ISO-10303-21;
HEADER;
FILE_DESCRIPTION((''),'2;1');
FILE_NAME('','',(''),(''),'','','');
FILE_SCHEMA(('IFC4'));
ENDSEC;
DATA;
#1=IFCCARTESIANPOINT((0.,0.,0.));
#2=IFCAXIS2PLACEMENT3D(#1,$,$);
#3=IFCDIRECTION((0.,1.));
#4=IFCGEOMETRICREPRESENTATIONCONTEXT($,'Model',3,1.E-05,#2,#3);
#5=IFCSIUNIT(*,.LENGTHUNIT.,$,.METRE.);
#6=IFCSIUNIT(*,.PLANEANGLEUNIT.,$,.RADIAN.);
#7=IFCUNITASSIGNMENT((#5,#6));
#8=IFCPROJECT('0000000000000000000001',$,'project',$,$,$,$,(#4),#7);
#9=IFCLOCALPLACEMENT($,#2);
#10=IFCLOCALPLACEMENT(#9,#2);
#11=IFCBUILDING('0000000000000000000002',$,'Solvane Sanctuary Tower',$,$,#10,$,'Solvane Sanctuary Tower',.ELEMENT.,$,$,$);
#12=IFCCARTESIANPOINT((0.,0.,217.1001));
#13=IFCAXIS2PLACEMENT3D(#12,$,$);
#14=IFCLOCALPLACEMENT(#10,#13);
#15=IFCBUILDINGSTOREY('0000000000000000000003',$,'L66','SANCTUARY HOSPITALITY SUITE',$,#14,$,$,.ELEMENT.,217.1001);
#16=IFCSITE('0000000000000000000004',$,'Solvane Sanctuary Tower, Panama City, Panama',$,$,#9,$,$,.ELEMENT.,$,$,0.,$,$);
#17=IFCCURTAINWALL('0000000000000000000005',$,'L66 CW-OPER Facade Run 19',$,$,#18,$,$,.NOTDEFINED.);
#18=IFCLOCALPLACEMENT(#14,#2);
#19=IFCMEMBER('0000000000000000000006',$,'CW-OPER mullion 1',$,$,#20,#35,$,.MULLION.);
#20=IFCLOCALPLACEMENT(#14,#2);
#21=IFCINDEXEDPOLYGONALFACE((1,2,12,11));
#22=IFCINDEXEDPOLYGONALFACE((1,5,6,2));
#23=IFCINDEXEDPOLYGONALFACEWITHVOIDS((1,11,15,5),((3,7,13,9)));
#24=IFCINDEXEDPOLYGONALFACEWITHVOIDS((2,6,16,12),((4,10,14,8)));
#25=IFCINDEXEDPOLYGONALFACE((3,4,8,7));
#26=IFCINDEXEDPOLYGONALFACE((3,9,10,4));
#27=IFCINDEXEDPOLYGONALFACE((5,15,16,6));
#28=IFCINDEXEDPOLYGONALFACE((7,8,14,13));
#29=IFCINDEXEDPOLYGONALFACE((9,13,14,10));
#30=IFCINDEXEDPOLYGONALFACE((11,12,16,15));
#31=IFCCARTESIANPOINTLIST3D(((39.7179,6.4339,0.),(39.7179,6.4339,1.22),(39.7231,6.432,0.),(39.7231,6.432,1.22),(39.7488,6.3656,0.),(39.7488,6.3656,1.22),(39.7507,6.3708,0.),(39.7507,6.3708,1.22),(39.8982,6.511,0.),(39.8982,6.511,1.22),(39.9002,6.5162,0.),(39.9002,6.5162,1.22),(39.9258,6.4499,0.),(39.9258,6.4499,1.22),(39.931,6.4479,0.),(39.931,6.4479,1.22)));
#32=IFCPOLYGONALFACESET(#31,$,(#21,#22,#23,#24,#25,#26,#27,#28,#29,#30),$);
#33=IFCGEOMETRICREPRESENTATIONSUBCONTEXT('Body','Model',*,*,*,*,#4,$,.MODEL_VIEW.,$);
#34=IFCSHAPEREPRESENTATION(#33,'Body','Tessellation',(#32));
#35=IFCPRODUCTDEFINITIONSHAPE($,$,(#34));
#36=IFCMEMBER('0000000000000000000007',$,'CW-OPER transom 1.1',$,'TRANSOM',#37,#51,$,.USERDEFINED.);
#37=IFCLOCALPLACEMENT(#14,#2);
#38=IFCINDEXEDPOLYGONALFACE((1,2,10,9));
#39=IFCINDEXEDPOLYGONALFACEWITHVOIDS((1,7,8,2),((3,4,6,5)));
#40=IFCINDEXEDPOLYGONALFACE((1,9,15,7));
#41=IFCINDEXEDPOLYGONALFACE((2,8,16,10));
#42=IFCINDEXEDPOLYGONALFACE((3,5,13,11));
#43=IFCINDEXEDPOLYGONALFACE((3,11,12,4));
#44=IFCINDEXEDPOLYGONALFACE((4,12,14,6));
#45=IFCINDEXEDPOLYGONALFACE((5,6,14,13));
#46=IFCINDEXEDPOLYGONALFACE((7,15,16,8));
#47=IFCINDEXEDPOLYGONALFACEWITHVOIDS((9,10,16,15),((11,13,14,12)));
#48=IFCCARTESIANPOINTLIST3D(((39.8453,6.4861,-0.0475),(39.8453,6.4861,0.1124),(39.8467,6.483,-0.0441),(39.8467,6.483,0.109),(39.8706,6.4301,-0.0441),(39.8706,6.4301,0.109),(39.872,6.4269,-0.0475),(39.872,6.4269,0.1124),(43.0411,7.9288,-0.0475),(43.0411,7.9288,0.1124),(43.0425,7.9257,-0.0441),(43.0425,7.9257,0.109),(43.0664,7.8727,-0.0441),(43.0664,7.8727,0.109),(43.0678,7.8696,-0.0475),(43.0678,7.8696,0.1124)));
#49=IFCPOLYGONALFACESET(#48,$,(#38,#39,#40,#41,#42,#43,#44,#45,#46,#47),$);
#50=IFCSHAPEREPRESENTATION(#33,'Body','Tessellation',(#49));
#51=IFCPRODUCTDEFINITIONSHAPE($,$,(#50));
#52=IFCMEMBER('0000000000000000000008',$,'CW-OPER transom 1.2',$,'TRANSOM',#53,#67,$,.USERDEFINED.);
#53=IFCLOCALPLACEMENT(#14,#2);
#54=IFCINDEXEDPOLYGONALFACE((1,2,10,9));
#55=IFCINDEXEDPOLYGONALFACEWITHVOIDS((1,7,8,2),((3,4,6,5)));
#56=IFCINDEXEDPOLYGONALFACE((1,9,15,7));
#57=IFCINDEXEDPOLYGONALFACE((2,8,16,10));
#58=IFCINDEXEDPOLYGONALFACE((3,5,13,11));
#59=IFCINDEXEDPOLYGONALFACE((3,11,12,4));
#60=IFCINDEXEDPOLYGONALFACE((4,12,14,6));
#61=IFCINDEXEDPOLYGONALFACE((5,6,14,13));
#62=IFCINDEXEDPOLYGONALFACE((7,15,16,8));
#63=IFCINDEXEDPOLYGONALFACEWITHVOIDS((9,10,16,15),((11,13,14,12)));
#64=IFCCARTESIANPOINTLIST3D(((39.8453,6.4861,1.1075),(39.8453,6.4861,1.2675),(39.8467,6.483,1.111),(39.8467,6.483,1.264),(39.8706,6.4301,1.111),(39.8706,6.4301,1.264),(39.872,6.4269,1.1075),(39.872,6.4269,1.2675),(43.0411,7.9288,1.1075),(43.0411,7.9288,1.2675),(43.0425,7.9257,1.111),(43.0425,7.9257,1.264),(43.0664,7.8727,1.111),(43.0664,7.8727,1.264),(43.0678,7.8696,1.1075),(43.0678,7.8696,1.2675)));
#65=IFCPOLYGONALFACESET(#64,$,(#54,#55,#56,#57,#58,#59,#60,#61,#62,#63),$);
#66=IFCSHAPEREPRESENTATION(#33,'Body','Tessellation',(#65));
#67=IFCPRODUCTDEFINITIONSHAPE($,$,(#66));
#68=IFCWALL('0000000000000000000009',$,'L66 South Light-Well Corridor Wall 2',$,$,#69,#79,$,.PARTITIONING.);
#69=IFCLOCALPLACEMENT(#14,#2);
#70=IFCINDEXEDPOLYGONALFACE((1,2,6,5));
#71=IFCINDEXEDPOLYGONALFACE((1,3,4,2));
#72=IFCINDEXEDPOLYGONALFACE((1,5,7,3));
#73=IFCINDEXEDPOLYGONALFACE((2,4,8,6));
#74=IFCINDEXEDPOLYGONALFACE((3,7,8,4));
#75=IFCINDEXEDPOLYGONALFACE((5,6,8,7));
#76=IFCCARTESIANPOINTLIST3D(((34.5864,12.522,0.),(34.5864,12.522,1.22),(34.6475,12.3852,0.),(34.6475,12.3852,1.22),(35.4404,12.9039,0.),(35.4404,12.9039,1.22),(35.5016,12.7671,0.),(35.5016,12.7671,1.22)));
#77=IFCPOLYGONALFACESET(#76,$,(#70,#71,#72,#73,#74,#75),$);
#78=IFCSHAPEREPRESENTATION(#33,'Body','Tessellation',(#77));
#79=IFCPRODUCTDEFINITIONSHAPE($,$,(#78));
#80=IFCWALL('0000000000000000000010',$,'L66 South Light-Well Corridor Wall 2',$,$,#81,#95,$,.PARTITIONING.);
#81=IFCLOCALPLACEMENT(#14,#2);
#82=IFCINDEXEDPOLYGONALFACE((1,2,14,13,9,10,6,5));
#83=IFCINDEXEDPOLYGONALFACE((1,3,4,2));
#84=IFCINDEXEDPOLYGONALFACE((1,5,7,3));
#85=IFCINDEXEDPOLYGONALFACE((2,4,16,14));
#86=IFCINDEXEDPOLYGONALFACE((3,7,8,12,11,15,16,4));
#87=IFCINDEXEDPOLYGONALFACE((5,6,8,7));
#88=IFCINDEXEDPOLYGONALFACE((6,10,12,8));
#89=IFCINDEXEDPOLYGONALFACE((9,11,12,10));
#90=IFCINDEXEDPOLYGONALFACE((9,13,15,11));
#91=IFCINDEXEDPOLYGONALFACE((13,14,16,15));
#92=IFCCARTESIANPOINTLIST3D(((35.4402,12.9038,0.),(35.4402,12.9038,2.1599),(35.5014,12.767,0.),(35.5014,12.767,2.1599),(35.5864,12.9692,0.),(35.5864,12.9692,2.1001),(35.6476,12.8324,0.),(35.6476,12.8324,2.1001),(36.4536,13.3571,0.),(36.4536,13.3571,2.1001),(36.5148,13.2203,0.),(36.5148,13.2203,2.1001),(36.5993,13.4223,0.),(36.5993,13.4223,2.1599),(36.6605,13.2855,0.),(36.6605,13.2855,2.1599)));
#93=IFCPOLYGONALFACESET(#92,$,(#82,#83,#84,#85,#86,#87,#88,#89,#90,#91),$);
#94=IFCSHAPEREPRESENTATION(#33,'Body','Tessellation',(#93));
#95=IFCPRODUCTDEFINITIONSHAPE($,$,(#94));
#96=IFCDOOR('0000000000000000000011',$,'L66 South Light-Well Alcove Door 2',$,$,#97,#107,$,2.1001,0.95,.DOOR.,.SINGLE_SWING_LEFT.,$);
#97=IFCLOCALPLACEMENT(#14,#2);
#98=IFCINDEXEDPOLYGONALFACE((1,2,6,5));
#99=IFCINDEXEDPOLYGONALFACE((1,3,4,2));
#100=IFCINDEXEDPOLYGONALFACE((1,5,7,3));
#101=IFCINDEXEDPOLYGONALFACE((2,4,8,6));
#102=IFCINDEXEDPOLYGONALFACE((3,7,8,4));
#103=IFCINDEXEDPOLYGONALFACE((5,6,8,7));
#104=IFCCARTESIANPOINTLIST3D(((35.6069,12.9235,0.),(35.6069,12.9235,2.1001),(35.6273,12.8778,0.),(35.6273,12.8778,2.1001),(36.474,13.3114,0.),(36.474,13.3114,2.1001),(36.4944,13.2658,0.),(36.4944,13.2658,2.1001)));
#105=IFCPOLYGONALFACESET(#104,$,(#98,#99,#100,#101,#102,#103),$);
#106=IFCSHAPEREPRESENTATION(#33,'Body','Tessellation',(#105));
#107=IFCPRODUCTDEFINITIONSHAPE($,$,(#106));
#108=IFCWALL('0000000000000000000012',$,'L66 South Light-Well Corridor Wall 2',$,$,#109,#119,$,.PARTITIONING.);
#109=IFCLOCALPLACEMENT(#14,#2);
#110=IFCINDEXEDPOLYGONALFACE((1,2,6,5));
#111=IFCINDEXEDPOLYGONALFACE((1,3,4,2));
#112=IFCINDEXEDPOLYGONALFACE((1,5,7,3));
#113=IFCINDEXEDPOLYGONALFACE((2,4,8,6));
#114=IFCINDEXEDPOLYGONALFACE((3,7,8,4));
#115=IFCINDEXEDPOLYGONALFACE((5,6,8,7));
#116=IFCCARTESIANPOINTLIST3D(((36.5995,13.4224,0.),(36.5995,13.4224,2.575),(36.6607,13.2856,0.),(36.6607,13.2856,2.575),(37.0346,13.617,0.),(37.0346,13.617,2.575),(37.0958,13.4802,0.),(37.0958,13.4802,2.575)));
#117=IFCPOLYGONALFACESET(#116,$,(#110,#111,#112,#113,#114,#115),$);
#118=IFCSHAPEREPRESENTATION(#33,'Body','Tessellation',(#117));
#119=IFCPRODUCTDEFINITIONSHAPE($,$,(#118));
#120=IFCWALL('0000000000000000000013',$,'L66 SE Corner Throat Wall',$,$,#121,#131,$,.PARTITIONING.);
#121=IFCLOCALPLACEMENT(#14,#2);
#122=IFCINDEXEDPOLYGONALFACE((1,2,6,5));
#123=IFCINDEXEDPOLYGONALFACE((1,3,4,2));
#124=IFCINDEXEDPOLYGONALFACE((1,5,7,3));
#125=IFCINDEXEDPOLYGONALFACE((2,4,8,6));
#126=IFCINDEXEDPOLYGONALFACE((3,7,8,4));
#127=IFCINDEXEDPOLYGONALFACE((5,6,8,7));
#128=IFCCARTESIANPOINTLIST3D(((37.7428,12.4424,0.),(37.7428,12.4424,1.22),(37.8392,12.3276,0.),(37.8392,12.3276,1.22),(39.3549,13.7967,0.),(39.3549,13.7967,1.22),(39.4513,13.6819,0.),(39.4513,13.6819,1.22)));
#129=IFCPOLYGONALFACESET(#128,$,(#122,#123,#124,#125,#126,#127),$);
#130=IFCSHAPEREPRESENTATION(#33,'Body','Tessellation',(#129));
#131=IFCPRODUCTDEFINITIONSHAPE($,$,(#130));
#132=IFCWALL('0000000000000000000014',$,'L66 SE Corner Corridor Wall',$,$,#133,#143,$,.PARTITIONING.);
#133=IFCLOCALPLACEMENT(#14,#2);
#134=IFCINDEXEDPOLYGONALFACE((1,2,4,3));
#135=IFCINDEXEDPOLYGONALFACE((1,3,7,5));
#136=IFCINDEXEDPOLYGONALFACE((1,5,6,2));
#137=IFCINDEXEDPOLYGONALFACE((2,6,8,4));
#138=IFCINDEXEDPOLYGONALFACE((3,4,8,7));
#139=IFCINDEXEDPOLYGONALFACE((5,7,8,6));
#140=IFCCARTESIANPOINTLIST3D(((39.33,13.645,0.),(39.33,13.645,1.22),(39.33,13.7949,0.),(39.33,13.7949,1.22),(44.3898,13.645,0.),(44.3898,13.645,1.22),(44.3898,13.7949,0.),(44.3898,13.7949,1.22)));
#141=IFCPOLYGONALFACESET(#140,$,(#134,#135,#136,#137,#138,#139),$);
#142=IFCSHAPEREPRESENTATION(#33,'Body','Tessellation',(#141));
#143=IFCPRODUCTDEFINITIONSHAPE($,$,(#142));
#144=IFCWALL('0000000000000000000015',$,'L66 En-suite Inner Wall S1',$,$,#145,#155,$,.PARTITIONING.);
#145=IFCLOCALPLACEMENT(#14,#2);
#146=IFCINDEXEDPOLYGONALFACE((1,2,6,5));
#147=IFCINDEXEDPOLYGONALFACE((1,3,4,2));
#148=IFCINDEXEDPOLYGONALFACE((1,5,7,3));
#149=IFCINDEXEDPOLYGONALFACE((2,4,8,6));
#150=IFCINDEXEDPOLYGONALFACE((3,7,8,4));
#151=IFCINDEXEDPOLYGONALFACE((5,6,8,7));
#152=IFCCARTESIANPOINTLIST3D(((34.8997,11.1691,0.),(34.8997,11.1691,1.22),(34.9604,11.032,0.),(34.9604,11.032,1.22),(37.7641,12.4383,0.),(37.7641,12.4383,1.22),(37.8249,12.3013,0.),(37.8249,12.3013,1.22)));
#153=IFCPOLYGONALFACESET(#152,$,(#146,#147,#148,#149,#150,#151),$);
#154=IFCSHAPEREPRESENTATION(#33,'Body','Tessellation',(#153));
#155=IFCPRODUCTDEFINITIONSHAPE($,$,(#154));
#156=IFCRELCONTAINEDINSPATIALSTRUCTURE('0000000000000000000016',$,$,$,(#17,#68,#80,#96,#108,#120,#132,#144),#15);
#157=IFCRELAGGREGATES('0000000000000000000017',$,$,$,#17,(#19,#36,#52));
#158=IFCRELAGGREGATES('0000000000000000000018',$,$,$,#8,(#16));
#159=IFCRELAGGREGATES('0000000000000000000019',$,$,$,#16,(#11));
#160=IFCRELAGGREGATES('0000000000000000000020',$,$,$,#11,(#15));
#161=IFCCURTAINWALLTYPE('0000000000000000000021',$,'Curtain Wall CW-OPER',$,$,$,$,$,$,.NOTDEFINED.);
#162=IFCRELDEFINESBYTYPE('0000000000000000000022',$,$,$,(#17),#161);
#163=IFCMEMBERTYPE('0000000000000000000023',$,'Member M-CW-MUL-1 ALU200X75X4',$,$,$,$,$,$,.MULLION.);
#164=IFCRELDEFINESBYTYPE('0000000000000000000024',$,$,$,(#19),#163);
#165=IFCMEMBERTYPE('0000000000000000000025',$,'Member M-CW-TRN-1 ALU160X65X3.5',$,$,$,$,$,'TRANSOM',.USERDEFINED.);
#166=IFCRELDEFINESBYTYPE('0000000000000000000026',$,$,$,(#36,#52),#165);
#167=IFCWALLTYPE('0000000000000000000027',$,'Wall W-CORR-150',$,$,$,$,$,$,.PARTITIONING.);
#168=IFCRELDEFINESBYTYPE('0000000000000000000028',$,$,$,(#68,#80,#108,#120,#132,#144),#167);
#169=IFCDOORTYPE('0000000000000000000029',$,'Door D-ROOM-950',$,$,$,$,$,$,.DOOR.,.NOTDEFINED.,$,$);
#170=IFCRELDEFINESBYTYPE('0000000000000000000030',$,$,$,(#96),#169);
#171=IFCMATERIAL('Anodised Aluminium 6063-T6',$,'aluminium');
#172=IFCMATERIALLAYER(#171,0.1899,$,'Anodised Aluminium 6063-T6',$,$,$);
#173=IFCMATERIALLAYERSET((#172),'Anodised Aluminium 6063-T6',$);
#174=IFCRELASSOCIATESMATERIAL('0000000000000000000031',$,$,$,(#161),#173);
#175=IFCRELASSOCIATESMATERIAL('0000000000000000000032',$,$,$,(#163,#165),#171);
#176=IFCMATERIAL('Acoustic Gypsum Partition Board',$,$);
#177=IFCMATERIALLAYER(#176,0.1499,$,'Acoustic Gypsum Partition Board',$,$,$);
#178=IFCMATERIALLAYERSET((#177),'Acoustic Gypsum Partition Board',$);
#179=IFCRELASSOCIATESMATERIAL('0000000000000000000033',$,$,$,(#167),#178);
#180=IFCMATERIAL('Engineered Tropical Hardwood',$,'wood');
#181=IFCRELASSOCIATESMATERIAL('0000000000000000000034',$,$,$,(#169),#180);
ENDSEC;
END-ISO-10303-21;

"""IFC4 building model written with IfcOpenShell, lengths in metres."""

from ifc_helpers import new_model, si_unit, direction, frame, frame_2d, origin, origin_2d, place, context, subcontext, project, spatial, rectangle, hollow_rectangle, extrude, material, layer, layer_set, material_profile, profile_set, type_object, element, fill, aggregate, save


model = new_model("IFC4")

# Units and contexts
model_context = context("Model", 3, precision=1e-05, world=origin(), true_north=direction((0.0, 1.0)))
body_context = subcontext(model_context, "Body", "Model", "MODEL_VIEW")
ifc_project = project(units=[si_unit("LENGTHUNIT", "METRE"), si_unit("PLANEANGLEUNIT", "RADIAN")], contexts=[model_context])

# Site, building, storey
site_placement = place(None, origin())
site = spatial("IfcSite", under=ifc_project, at=site_placement, Name="Solvane Sanctuary Tower, Panama City, Panama", CompositionType="ELEMENT", RefElevation=0.0)
building_placement = place(site_placement, origin())
building = spatial("IfcBuilding", under=site, at=building_placement, Name="Solvane Sanctuary Tower", LongName="Solvane Sanctuary Tower", CompositionType="ELEMENT")
storey_placement = place(building_placement, frame((0.0, 0.0, 217.1001)))
storey = spatial("IfcBuildingStorey", under=building, at=storey_placement, Name="L66", Description="SANCTUARY HOSPITALITY SUITE", CompositionType="ELEMENT", Elevation=217.1001)

# Curtain wall, members
ifc_material_1 = material(Name="Anodised Aluminium 6063-T6", Category="aluminium")
ifc_layer_1 = layer(ifc_material_1, 0.1899, Name="Anodised Aluminium 6063-T6")
ifc_layer_set_1 = layer_set([ifc_layer_1], Name="Anodised Aluminium 6063-T6")
curtain_wall_type = type_object("IfcCurtainWallType", Name="Curtain Wall CW-OPER", PredefinedType="NOTDEFINED", material=ifc_layer_set_1)
curtain_wall_placement = place(storey_placement, origin())
curtain_wall = element("IfcCurtainWall", 1, at=curtain_wall_placement, inside=storey, type_object=curtain_wall_type, Name="L66 CW-OPER Facade Run 19", PredefinedType="NOTDEFINED")
ifc_material_profile_1 = material_profile(ifc_material_1, hollow_rectangle(XDim=0.075, YDim=0.2, WallThickness=0.0039, at=origin_2d()), Name="ALU200X75X4")
ifc_profile_set_1 = profile_set([ifc_material_profile_1], Name="Anodised Aluminium 6063-T6")
member_type_1 = type_object("IfcMemberType", Name="Member M-CW-MUL-1 ALU200X75X4", PredefinedType="MULLION", material=ifc_profile_set_1)
member_1_placement = place(storey_placement, frame((39.8245, 6.4409, 0.0), z_axis=(0.0, 0.0, 1.0), x_axis=(-0.411471, 0.911423, 0.0)))
member_1 = element("IfcMember", 2, at=member_1_placement, type_object=member_type_1, Name="CW-OPER mullion 1", PredefinedType="MULLION", context=body_context, shape_type="SweptSolid", body=[
    extrude(hollow_rectangle(XDim=0.075, YDim=0.2, WallThickness=0.0039, at=origin_2d()), origin(), (0.0, 0.0, 1.0), 1.22),
])
ifc_material_profile_2 = material_profile(ifc_material_1, hollow_rectangle(XDim=0.0649, YDim=0.1599, WallThickness=0.0034, at=origin_2d()), Name="ALU160X65X3.5")
ifc_profile_set_2 = profile_set([ifc_material_profile_2], Name="Anodised Aluminium 6063-T6")
member_type_2 = type_object("IfcMemberType", Name="Member M-CW-TRN-1 ALU160X65X3.5", ElementType="TRANSOM", PredefinedType="USERDEFINED", material=ifc_profile_set_2)
member_2_placement = place(storey_placement, frame((39.8586, 6.4565, 0.0325), z_axis=(0.911439, 0.411436, 0.0), x_axis=(-0.411436, 0.911439, 0.0)))
member_2 = element("IfcMember", 3, at=member_2_placement, type_object=member_type_2, Name="CW-OPER transom 1.1", ObjectType="TRANSOM", PredefinedType="USERDEFINED", context=body_context, shape_type="SweptSolid", body=[
    extrude(hollow_rectangle(XDim=0.0649, YDim=0.1599, WallThickness=0.0034, at=origin_2d()), origin(), (0.0, 0.0, 1.0), 3.5063),
])
member_3_placement = place(storey_placement, frame((39.8586, 6.4565, 1.1875), z_axis=(0.911439, 0.411436, 0.0), x_axis=(-0.411436, 0.911439, 0.0)))
member_3 = element("IfcMember", 4, at=member_3_placement, type_object=member_type_2, Name="CW-OPER transom 1.2", ObjectType="TRANSOM", PredefinedType="USERDEFINED", context=body_context, shape_type="SweptSolid", body=[
    extrude(hollow_rectangle(XDim=0.0649, YDim=0.1599, WallThickness=0.0034, at=origin_2d()), origin(), (0.0, 0.0, 1.0), 3.5063),
])
aggregate(curtain_wall, [member_1, member_2, member_3])

# Wall
ifc_material_2 = material(Name="Acoustic Gypsum Partition Board")
ifc_layer_2 = layer(ifc_material_2, 0.1499, Name="Acoustic Gypsum Partition Board")
ifc_layer_set_2 = layer_set([ifc_layer_2], Name="Acoustic Gypsum Partition Board")
wall_type_1 = type_object("IfcWallType", Name="Wall W-CORR-150", PredefinedType="PARTITIONING", material=ifc_layer_set_2)
wall_1_placement = place(storey_placement, frame((34.6169, 12.4536, 0.0), z_axis=(0.0, 0.0, 1.0), x_axis=(0.912905, 0.408171, 0.0)))
element("IfcWall", 5, at=wall_1_placement, inside=storey, type_object=wall_type_1, Name="L66 South Light-Well Corridor Wall 2", PredefinedType="PARTITIONING", context=body_context, shape_type="SweptSolid", body=[
    extrude(rectangle(XDim=0.9355, YDim=0.1499, at=frame_2d((0.4678, 0.0))), origin(), (0.0, 0.0, 1.0), 1.22),
])

# Wall, opening, door
wall_2_placement = place(storey_placement, frame((35.4709, 12.8354, 0.0), z_axis=(0.0, 0.0, 1.0), x_axis=(0.912826, 0.408349, 0.0)))
wall_2 = element("IfcWall", 6, at=wall_2_placement, inside=storey, type_object=wall_type_1, Name="L66 South Light-Well Corridor Wall 2", PredefinedType="PARTITIONING", context=body_context, shape_type="SweptSolid", body=[
    extrude(rectangle(XDim=1.2698, YDim=0.1499, at=frame_2d((0.6348, 0.0))), origin(), (0.0, 0.0, 1.0), 2.1599),
])
opening_1_placement = place(wall_2_placement, frame((0.1599, 0.0, 0.0)))
opening_1 = element("IfcOpeningElement", 7, at=opening_1_placement, cuts=wall_2, PredefinedType="OPENING", context=body_context, shape_type="SweptSolid", body=[
    extrude(rectangle(XDim=0.95, YDim=2.1001, at=frame_2d((0.4751, 1.05))), frame((0.0, 0.085, 0.0), z_axis=(0.0, -1.0, 0.0), x_axis=(1.0, 0.0, 0.0)), (0.0, 0.0, 1.0), 0.1699),
])
ifc_material_3 = material(Name="Engineered Tropical Hardwood", Category="wood")
door_type_1 = type_object("IfcDoorType", Name="Door D-ROOM-950", OperationType="NOTDEFINED", PredefinedType="DOOR", material=ifc_material_3)
door_1_placement = place(opening_1_placement, origin())
door_1 = element("IfcDoor", 8, at=door_1_placement, inside=storey, type_object=door_type_1, Name="L66 South Light-Well Alcove Door 2", OperationType="SINGLE_SWING_LEFT", OverallHeight=2.1001, OverallWidth=0.95, PredefinedType="DOOR", context=body_context, shape_type="SweptSolid", body=[
    extrude(rectangle(XDim=0.95, YDim=2.1001, at=frame_2d((0.4751, 1.05))), frame((0.0, 0.0249, 0.0), z_axis=(0.0, -1.0, 0.0), x_axis=(1.0, 0.0, 0.0)), (0.0, 0.0, 1.0), 0.05),
])
fill(opening_1, door_1)

# Walls
wall_3_placement = place(storey_placement, frame((36.6301, 13.354, 0.0), z_axis=(0.0, 0.0, 1.0), x_axis=(0.912858, 0.408276, 0.0)))
element("IfcWall", 9, at=wall_3_placement, inside=storey, type_object=wall_type_1, Name="L66 South Light-Well Corridor Wall 2", PredefinedType="PARTITIONING", context=body_context, shape_type="SweptSolid", body=[
    extrude(rectangle(XDim=0.4766, YDim=0.1499, at=frame_2d((0.2383, 0.0))), origin(), (0.0, 0.0, 1.0), 2.575),
])
wall_4_placement = place(storey_placement, frame((37.791, 12.385, 0.0), z_axis=(0.0, 0.0, 1.0), x_axis=(0.765677, 0.643225, 0.0)))
element("IfcWall", 10, at=wall_4_placement, inside=storey, type_object=wall_type_1, Name="L66 SE Corner Throat Wall", PredefinedType="PARTITIONING", context=body_context, shape_type="SweptSolid", body=[
    extrude(rectangle(XDim=2.1055, YDim=0.1499, at=frame_2d((1.0527, 0.0))), origin(), (0.0, 0.0, 1.0), 1.22),
])
wall_5_placement = place(storey_placement, frame((39.3301, 13.72, 0.0), z_axis=(0.0, 0.0, 1.0), x_axis=(1.0, 0.0, 0.0)))
element("IfcWall", 11, at=wall_5_placement, inside=storey, type_object=wall_type_1, Name="L66 SE Corner Corridor Wall", PredefinedType="PARTITIONING", context=body_context, shape_type="SweptSolid", body=[
    extrude(rectangle(XDim=5.0598, YDim=0.1499, at=frame_2d((2.5298, 0.0))), origin(), (0.0, 0.0, 1.0), 1.22),
])
wall_6_placement = place(storey_placement, frame((34.9302, 11.1006, 0.0), z_axis=(0.0, 0.0, 1.0), x_axis=(0.914264, 0.405119, 0.0)))
element("IfcWall", 12, at=wall_6_placement, inside=storey, type_object=wall_type_1, Name="L66 En-suite Inner Wall S1", PredefinedType="PARTITIONING", context=body_context, shape_type="SweptSolid", body=[
    extrude(rectangle(XDim=3.1331, YDim=0.1499, at=frame_2d((1.5664, 0.0))), origin(), (0.0, 0.0, 1.0), 1.22),
])

save(model, "model.ifc")
